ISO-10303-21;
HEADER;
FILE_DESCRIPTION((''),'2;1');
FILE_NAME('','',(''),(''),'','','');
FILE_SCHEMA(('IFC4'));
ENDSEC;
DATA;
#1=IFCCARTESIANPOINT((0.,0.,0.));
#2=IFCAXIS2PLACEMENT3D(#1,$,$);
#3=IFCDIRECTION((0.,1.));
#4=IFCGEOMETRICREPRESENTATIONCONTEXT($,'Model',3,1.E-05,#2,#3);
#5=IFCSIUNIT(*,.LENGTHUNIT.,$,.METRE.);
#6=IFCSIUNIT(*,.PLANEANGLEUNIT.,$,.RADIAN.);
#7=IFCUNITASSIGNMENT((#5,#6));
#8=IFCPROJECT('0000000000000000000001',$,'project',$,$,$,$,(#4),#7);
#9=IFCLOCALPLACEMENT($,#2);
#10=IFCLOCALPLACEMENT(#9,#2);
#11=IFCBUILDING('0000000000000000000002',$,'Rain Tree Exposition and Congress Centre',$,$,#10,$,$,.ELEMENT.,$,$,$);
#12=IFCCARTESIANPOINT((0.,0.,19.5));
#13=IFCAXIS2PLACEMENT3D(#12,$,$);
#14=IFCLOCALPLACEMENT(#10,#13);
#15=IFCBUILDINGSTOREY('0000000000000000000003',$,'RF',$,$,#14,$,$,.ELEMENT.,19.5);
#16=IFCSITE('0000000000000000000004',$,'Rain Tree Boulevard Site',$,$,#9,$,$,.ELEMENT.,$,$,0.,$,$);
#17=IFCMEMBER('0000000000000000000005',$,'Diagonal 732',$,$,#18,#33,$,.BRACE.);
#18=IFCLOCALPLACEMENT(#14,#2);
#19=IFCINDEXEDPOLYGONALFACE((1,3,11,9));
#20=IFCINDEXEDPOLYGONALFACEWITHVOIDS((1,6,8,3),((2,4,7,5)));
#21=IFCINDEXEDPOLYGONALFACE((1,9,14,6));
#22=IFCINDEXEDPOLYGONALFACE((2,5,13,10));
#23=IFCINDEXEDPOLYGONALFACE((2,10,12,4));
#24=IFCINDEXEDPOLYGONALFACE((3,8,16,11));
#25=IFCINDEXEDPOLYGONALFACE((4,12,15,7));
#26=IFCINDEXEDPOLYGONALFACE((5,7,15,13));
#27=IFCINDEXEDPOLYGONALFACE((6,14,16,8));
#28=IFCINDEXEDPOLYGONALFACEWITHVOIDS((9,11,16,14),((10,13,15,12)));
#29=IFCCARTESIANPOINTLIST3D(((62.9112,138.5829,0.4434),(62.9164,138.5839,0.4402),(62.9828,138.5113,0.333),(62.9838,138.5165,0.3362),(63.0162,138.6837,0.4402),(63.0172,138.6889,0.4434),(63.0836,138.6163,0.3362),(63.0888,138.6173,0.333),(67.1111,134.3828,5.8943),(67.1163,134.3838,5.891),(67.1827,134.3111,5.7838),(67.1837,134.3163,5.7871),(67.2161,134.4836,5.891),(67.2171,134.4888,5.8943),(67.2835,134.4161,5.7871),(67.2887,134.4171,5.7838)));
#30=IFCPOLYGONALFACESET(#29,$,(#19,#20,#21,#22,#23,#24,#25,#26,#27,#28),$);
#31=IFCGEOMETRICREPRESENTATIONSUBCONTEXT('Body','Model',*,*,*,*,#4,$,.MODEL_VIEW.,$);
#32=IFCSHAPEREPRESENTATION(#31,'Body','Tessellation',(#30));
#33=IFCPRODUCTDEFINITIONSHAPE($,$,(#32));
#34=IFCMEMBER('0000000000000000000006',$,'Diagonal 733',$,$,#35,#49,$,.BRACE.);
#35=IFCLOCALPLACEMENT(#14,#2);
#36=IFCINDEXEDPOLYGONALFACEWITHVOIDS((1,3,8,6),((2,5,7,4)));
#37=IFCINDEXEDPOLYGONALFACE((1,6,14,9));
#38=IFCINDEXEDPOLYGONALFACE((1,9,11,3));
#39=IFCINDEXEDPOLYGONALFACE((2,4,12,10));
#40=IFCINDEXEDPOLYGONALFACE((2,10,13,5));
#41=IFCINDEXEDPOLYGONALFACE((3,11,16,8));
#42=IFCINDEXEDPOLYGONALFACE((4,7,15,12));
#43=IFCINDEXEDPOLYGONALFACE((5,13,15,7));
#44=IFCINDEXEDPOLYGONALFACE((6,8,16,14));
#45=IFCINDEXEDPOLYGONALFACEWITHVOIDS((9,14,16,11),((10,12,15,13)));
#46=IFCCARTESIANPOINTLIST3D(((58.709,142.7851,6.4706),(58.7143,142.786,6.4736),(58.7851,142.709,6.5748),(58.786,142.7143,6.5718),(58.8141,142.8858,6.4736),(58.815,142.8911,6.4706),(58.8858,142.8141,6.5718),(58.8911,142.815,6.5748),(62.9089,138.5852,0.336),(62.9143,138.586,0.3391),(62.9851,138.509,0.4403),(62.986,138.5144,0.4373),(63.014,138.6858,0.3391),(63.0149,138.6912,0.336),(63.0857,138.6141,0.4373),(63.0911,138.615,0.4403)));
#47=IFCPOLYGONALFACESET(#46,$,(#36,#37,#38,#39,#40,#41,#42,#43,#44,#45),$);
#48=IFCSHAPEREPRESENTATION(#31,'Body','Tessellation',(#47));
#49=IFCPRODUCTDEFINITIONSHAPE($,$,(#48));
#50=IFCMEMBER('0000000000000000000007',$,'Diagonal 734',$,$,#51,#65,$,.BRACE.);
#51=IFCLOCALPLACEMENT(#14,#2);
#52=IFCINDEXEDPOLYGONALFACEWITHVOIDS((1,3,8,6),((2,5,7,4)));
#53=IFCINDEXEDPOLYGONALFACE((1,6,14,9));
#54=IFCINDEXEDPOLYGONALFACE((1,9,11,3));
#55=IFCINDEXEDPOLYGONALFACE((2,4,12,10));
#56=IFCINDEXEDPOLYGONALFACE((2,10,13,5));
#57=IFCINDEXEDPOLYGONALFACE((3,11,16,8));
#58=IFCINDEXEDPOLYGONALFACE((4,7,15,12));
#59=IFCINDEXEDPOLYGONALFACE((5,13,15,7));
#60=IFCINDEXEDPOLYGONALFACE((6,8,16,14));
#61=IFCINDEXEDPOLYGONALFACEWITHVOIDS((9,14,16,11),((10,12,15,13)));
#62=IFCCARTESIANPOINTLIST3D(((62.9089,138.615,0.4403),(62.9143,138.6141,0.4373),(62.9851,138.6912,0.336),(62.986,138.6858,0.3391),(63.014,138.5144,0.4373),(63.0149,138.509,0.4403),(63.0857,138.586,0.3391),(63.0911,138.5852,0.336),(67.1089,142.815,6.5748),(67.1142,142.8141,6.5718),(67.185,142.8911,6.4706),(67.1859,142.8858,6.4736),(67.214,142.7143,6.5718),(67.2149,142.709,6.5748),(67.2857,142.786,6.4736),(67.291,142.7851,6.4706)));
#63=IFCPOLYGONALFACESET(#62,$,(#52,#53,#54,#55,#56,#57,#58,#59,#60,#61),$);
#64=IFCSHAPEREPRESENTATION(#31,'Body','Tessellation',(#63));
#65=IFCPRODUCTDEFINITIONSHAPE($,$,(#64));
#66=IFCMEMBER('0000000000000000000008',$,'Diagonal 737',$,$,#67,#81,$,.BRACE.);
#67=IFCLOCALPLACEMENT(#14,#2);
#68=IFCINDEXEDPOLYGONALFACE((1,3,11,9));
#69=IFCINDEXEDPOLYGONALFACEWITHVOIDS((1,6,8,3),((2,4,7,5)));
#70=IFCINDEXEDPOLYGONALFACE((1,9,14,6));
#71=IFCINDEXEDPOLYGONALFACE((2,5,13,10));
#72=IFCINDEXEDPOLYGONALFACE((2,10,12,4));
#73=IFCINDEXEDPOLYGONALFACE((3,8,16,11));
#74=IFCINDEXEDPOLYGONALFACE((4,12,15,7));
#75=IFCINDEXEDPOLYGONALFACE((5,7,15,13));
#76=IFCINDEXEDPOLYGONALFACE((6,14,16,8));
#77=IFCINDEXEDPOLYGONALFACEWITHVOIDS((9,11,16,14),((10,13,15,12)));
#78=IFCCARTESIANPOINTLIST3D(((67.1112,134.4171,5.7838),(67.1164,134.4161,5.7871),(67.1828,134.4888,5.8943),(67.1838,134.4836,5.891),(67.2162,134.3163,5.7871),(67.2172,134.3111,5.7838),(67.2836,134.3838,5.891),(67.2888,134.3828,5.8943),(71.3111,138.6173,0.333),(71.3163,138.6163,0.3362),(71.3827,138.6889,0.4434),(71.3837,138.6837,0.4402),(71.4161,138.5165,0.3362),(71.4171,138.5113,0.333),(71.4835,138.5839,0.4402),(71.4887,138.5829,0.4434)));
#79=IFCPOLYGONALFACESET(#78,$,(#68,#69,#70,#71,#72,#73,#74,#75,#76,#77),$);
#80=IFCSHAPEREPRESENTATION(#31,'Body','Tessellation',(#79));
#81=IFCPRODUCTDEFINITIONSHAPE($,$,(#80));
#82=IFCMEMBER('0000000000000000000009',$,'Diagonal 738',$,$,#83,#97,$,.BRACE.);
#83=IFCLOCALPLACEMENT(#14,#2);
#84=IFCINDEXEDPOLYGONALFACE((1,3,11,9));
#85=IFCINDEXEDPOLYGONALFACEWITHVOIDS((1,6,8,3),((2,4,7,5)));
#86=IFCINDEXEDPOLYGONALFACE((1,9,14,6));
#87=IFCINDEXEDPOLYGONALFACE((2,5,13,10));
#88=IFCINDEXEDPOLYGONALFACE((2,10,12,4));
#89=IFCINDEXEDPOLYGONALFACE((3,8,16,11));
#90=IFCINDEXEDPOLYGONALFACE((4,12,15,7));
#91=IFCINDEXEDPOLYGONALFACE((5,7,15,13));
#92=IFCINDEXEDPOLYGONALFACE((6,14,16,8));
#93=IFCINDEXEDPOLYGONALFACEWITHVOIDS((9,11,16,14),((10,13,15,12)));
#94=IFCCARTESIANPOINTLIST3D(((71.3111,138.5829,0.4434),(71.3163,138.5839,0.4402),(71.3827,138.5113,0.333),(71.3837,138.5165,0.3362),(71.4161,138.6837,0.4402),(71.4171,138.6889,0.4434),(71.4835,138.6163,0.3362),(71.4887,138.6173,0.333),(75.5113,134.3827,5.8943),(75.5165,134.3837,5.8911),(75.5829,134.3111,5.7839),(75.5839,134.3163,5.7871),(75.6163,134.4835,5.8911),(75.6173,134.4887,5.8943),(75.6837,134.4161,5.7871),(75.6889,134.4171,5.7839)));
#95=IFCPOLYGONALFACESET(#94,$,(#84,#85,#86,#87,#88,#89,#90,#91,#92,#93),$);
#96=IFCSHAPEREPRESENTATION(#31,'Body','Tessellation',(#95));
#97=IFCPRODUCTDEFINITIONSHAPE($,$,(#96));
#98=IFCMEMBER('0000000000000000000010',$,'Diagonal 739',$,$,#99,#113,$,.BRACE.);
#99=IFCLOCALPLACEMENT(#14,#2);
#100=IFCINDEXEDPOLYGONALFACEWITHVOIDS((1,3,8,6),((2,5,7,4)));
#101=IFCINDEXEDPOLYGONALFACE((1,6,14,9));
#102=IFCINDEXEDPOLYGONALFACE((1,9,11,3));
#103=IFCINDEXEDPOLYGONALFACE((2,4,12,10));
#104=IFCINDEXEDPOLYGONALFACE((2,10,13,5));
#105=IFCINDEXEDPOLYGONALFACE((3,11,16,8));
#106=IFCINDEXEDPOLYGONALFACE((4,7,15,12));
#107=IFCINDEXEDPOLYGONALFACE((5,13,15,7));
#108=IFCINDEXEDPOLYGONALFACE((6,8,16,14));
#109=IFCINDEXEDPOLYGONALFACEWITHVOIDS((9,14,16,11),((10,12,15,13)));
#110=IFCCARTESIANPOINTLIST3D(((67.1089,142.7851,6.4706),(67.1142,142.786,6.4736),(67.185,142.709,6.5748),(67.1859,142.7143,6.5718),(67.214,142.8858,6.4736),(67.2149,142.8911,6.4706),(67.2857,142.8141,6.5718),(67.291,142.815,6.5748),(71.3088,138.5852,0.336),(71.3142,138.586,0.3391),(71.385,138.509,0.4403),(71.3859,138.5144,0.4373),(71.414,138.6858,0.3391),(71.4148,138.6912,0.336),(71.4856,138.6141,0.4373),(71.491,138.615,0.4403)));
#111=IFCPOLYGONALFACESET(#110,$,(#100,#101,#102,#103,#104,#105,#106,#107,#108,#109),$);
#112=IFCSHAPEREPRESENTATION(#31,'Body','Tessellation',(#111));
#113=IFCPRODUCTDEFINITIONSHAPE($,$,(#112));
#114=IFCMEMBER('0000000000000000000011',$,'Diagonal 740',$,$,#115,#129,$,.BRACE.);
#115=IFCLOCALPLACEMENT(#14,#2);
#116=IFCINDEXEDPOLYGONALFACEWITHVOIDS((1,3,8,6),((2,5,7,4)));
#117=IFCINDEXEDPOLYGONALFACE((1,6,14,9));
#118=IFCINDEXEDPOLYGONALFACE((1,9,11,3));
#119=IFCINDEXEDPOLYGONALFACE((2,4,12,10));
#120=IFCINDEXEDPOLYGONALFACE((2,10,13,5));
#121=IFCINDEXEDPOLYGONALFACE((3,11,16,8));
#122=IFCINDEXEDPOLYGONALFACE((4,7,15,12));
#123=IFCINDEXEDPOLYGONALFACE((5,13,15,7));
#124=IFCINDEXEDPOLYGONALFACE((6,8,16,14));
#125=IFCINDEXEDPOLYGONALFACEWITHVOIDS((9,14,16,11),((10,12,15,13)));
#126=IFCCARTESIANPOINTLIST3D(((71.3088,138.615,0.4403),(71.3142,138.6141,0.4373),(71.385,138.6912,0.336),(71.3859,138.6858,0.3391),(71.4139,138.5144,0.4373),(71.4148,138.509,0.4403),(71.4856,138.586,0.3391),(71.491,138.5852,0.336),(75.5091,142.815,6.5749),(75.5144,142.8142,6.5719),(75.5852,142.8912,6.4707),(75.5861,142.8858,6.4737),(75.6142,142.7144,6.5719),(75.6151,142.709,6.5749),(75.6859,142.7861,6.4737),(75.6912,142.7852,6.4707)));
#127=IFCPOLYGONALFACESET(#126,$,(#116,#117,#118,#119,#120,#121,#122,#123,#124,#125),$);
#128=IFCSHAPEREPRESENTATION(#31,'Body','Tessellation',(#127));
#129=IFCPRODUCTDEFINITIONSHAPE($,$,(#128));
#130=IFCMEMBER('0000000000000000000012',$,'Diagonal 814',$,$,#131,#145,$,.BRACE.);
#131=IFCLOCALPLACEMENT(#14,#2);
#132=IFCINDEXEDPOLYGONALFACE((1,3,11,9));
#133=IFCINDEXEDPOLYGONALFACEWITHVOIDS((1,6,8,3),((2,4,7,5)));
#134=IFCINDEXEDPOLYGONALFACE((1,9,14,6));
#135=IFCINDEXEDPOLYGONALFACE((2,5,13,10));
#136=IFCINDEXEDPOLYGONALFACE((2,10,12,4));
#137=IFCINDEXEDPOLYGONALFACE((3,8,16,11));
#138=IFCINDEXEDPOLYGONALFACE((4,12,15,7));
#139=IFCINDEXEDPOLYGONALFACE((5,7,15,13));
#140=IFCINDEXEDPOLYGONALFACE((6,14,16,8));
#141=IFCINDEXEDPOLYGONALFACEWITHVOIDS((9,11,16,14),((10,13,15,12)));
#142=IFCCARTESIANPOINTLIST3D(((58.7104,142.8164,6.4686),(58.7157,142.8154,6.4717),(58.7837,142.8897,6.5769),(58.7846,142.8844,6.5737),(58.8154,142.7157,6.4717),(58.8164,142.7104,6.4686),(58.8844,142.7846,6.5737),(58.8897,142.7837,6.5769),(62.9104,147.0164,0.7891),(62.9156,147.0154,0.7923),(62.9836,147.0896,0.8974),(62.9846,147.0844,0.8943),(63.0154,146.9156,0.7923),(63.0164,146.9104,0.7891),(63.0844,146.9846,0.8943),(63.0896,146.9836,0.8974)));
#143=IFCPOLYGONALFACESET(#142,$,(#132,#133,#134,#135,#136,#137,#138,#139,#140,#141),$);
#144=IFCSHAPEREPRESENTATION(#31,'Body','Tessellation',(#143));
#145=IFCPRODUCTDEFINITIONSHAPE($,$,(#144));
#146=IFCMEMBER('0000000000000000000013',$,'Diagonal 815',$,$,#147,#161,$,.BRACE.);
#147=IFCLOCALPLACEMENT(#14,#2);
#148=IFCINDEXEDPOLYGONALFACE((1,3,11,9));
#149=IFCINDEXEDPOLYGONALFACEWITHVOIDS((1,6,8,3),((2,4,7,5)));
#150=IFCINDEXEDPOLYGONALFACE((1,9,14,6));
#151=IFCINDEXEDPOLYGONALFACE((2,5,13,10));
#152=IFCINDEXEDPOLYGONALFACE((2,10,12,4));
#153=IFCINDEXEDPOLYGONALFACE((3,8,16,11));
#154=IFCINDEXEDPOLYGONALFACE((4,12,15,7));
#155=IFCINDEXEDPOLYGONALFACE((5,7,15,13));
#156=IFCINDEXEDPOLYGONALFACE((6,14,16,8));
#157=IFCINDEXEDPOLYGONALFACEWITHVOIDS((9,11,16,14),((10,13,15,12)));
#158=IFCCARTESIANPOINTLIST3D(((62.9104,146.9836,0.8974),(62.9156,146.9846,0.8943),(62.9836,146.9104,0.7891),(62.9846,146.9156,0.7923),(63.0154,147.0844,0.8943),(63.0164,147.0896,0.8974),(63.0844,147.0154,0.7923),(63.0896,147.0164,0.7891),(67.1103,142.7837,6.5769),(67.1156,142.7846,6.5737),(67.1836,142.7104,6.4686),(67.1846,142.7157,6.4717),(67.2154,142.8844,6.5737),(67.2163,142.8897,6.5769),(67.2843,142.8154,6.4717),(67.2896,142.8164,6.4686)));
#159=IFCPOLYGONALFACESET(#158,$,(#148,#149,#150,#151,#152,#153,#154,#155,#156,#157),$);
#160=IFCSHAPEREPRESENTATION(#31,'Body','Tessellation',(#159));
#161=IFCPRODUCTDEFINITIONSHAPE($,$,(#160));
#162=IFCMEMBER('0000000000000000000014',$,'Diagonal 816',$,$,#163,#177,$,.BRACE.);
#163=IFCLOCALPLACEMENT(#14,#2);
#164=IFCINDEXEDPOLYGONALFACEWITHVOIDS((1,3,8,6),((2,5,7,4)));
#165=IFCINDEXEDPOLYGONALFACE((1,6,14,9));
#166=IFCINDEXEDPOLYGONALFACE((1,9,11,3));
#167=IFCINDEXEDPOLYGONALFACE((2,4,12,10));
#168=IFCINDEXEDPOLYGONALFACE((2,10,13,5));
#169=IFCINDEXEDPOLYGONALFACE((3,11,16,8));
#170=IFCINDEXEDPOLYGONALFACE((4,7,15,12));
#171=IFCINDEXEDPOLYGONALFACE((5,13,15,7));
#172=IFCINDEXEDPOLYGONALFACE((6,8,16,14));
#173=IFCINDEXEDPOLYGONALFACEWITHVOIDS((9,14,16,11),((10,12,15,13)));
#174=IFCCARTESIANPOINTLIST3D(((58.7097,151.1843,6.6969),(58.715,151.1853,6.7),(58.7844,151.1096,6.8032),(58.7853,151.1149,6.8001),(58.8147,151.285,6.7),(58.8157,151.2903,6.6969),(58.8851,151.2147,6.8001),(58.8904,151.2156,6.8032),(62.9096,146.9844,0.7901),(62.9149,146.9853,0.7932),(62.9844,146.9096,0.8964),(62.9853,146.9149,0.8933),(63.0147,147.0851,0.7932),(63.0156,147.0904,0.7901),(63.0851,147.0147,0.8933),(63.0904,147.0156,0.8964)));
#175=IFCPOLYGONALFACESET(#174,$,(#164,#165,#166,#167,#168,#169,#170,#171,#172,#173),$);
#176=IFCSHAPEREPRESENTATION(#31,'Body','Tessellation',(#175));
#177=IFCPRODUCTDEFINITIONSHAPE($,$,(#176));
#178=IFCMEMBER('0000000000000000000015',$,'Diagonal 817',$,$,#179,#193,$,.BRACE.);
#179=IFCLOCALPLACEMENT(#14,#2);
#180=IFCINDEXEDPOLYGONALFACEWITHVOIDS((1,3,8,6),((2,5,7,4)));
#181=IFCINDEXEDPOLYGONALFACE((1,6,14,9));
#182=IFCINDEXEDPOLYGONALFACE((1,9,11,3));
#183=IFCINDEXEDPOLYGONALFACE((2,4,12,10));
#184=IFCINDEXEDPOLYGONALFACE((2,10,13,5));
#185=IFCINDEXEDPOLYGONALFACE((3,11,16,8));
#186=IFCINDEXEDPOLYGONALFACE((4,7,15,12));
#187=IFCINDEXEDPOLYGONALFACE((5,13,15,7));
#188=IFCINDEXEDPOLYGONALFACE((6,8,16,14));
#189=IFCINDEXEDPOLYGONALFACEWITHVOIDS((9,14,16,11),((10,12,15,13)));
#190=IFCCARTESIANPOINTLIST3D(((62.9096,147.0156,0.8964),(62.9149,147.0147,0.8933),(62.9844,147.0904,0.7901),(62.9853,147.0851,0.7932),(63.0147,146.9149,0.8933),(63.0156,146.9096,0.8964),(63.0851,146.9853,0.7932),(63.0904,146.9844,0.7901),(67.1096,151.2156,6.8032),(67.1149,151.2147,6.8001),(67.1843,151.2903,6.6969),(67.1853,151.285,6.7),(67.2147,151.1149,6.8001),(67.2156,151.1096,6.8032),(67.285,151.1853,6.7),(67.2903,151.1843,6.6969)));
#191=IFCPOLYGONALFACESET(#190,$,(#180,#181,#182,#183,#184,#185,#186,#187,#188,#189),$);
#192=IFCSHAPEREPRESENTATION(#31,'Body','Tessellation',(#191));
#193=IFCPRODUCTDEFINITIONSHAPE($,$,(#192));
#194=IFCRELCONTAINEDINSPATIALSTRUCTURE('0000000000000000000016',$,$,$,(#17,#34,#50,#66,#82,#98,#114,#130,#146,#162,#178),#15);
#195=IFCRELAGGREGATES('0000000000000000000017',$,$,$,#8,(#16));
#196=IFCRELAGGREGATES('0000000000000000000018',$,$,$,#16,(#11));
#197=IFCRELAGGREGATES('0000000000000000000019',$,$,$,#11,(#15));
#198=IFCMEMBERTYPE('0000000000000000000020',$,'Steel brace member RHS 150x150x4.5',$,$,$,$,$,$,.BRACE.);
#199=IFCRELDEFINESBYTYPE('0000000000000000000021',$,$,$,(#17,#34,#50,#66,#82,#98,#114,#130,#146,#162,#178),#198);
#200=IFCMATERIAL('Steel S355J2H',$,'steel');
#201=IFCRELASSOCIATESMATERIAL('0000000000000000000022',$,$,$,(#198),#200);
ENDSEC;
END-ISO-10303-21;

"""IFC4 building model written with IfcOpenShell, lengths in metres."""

from ifc_helpers import new_model, si_unit, direction, frame, origin, origin_2d, place, context, subcontext, project, spatial, hollow_rectangle, extrude, material, material_profile, profile_set, type_object, element, save


model = new_model("IFC4")

# Units and contexts
model_context = context("Model", 3, precision=1e-05, world=origin(), true_north=direction((0.0, 1.0)))
body_context = subcontext(model_context, "Body", "Model", "MODEL_VIEW")
ifc_project = project(units=[si_unit("LENGTHUNIT", "METRE"), si_unit("PLANEANGLEUNIT", "RADIAN")], contexts=[model_context])

# Site, building, storey
site_placement = place(None, origin())
site = spatial("IfcSite", under=ifc_project, at=site_placement, Name="Rain Tree Boulevard Site", CompositionType="ELEMENT", RefElevation=0.0)
building_placement = place(site_placement, origin())
building = spatial("IfcBuilding", under=site, at=building_placement, Name="Rain Tree Exposition and Congress Centre", CompositionType="ELEMENT")
storey_placement = place(building_placement, frame((0.0, 0.0, 19.5)))
storey = spatial("IfcBuildingStorey", under=building, at=storey_placement, Name="RF", CompositionType="ELEMENT", Elevation=19.5)

# Members
ifc_material_1 = material(Name="Steel S355J2H", Category="steel")
ifc_material_profile_1 = material_profile(ifc_material_1, hollow_rectangle(XDim=0.1499, YDim=0.1499, WallThickness=0.0044, at=origin_2d()), Name="RHS 150x150x4.5")
ifc_profile_set_1 = profile_set([ifc_material_profile_1], Name="Steel S355J2H")
member_type_1 = type_object("IfcMemberType", Name="Steel brace member RHS 150x150x4.5", PredefinedType="BRACE", material=ifc_profile_set_1)
member_1_placement = place(storey_placement, frame((63.0, 138.6001, 0.3882), z_axis=(0.520965, -0.520995, 0.676136), x_axis=(0.707127, 0.707086, 0.0)))
element("IfcMember", 1, at=member_1_placement, inside=storey, type_object=member_type_1, Name="Diagonal 732", PredefinedType="BRACE", context=body_context, shape_type="SweptSolid", body=[
    extrude(hollow_rectangle(XDim=0.1499, YDim=0.1499, WallThickness=0.0044, at=origin_2d()), origin(), (0.0, 0.0, 1.0), 8.0618),
])
for number, where, z_axis, x_axis, name in (
    (2, (63.0, 138.6001, 0.3882), (-0.491865, 0.491865, 0.718427), (-0.707107, -0.707107, 0.0), "Diagonal 733"),
    (3, (63.0, 138.6001, 0.3882), (0.491865, 0.491865, 0.718427), (-0.707107, 0.707107, 0.0), "Diagonal 734"),
):
    element("IfcMember", number, at=place(storey_placement, frame(where, z_axis=z_axis, x_axis=x_axis)), inside=storey, type_object=member_type_1, Name=name, PredefinedType="BRACE", context=body_context, shape_type="SweptSolid", body=[
        extrude(hollow_rectangle(XDim=0.1499, YDim=0.1499, WallThickness=0.0044, at=origin_2d()), origin(), (0.0, 0.0, 1.0), 8.5388),
    ])
member_2_placement = place(storey_placement, frame((71.3999, 138.6001, 0.3882), z_axis=(-0.520965, -0.520995, 0.676136), x_axis=(0.707127, -0.707086, 0.0)))
element("IfcMember", 4, at=member_2_placement, inside=storey, type_object=member_type_1, Name="Diagonal 737", PredefinedType="BRACE", context=body_context, shape_type="SweptSolid", body=[
    extrude(hollow_rectangle(XDim=0.1499, YDim=0.1499, WallThickness=0.0044, at=origin_2d()), origin(), (0.0, 0.0, 1.0), 8.0618),
])
member_3_placement = place(storey_placement, frame((71.3999, 138.6001, 0.3882), z_axis=(0.520987, -0.520987, 0.676126), x_axis=(0.707107, 0.707107, 0.0)))
element("IfcMember", 5, at=member_3_placement, inside=storey, type_object=member_type_1, Name="Diagonal 738", PredefinedType="BRACE", context=body_context, shape_type="SweptSolid", body=[
    extrude(hollow_rectangle(XDim=0.1499, YDim=0.1499, WallThickness=0.0044, at=origin_2d()), origin(), (0.0, 0.0, 1.0), 8.062),
])
member_4_placement = place(storey_placement, frame((71.3999, 138.6001, 0.3882), z_axis=(-0.491865, 0.491865, 0.718427), x_axis=(-0.707107, -0.707107, 0.0)))
element("IfcMember", 6, at=member_4_placement, inside=storey, type_object=member_type_1, Name="Diagonal 739", PredefinedType="BRACE", context=body_context, shape_type="SweptSolid", body=[
    extrude(hollow_rectangle(XDim=0.1499, YDim=0.1499, WallThickness=0.0044, at=origin_2d()), origin(), (0.0, 0.0, 1.0), 8.5388),
])
member_5_placement = place(storey_placement, frame((71.3999, 138.6001, 0.3882), z_axis=(0.491887, 0.491858, 0.718417), x_axis=(-0.707086, 0.707127, 0.0)))
element("IfcMember", 7, at=member_5_placement, inside=storey, type_object=member_type_1, Name="Diagonal 740", PredefinedType="BRACE", context=body_context, shape_type="SweptSolid", body=[
    extrude(hollow_rectangle(XDim=0.1499, YDim=0.1499, WallThickness=0.0044, at=origin_2d()), origin(), (0.0, 0.0, 1.0), 8.5391),
])
for number, where, z_axis, x_axis, name in (
    (8, (63.0, 147.0, 0.8433), (-0.511068, -0.511068, 0.691099), (0.707107, -0.707107, 0.0), "Diagonal 814"),
    (9, (63.0, 147.0, 0.8433), (0.511068, -0.511068, 0.691099), (0.707107, 0.707107, 0.0), "Diagonal 815"),
):
    element("IfcMember", number, at=place(storey_placement, frame(where, z_axis=z_axis, x_axis=x_axis)), inside=storey, type_object=member_type_1, Name=name, PredefinedType="BRACE", context=body_context, shape_type="SweptSolid", body=[
        extrude(hollow_rectangle(XDim=0.1499, YDim=0.1499, WallThickness=0.0044, at=origin_2d()), origin(), (0.0, 0.0, 1.0), 8.218),
    ])
for number, where, z_axis, x_axis, name in (
    (10, (63.0, 147.0, 0.8433), (-0.501386, 0.501386, 0.705141), (-0.707107, -0.707107, 0.0), "Diagonal 816"),
    (11, (63.0, 147.0, 0.8433), (0.501386, 0.501386, 0.705141), (-0.707107, 0.707107, 0.0), "Diagonal 817"),
):
    element("IfcMember", number, at=place(storey_placement, frame(where, z_axis=z_axis, x_axis=x_axis)), inside=storey, type_object=member_type_1, Name=name, PredefinedType="BRACE", context=body_context, shape_type="SweptSolid", body=[
        extrude(hollow_rectangle(XDim=0.1499, YDim=0.1499, WallThickness=0.0044, at=origin_2d()), origin(), (0.0, 0.0, 1.0), 8.3767),
    ])

save(model, "model.ifc")
